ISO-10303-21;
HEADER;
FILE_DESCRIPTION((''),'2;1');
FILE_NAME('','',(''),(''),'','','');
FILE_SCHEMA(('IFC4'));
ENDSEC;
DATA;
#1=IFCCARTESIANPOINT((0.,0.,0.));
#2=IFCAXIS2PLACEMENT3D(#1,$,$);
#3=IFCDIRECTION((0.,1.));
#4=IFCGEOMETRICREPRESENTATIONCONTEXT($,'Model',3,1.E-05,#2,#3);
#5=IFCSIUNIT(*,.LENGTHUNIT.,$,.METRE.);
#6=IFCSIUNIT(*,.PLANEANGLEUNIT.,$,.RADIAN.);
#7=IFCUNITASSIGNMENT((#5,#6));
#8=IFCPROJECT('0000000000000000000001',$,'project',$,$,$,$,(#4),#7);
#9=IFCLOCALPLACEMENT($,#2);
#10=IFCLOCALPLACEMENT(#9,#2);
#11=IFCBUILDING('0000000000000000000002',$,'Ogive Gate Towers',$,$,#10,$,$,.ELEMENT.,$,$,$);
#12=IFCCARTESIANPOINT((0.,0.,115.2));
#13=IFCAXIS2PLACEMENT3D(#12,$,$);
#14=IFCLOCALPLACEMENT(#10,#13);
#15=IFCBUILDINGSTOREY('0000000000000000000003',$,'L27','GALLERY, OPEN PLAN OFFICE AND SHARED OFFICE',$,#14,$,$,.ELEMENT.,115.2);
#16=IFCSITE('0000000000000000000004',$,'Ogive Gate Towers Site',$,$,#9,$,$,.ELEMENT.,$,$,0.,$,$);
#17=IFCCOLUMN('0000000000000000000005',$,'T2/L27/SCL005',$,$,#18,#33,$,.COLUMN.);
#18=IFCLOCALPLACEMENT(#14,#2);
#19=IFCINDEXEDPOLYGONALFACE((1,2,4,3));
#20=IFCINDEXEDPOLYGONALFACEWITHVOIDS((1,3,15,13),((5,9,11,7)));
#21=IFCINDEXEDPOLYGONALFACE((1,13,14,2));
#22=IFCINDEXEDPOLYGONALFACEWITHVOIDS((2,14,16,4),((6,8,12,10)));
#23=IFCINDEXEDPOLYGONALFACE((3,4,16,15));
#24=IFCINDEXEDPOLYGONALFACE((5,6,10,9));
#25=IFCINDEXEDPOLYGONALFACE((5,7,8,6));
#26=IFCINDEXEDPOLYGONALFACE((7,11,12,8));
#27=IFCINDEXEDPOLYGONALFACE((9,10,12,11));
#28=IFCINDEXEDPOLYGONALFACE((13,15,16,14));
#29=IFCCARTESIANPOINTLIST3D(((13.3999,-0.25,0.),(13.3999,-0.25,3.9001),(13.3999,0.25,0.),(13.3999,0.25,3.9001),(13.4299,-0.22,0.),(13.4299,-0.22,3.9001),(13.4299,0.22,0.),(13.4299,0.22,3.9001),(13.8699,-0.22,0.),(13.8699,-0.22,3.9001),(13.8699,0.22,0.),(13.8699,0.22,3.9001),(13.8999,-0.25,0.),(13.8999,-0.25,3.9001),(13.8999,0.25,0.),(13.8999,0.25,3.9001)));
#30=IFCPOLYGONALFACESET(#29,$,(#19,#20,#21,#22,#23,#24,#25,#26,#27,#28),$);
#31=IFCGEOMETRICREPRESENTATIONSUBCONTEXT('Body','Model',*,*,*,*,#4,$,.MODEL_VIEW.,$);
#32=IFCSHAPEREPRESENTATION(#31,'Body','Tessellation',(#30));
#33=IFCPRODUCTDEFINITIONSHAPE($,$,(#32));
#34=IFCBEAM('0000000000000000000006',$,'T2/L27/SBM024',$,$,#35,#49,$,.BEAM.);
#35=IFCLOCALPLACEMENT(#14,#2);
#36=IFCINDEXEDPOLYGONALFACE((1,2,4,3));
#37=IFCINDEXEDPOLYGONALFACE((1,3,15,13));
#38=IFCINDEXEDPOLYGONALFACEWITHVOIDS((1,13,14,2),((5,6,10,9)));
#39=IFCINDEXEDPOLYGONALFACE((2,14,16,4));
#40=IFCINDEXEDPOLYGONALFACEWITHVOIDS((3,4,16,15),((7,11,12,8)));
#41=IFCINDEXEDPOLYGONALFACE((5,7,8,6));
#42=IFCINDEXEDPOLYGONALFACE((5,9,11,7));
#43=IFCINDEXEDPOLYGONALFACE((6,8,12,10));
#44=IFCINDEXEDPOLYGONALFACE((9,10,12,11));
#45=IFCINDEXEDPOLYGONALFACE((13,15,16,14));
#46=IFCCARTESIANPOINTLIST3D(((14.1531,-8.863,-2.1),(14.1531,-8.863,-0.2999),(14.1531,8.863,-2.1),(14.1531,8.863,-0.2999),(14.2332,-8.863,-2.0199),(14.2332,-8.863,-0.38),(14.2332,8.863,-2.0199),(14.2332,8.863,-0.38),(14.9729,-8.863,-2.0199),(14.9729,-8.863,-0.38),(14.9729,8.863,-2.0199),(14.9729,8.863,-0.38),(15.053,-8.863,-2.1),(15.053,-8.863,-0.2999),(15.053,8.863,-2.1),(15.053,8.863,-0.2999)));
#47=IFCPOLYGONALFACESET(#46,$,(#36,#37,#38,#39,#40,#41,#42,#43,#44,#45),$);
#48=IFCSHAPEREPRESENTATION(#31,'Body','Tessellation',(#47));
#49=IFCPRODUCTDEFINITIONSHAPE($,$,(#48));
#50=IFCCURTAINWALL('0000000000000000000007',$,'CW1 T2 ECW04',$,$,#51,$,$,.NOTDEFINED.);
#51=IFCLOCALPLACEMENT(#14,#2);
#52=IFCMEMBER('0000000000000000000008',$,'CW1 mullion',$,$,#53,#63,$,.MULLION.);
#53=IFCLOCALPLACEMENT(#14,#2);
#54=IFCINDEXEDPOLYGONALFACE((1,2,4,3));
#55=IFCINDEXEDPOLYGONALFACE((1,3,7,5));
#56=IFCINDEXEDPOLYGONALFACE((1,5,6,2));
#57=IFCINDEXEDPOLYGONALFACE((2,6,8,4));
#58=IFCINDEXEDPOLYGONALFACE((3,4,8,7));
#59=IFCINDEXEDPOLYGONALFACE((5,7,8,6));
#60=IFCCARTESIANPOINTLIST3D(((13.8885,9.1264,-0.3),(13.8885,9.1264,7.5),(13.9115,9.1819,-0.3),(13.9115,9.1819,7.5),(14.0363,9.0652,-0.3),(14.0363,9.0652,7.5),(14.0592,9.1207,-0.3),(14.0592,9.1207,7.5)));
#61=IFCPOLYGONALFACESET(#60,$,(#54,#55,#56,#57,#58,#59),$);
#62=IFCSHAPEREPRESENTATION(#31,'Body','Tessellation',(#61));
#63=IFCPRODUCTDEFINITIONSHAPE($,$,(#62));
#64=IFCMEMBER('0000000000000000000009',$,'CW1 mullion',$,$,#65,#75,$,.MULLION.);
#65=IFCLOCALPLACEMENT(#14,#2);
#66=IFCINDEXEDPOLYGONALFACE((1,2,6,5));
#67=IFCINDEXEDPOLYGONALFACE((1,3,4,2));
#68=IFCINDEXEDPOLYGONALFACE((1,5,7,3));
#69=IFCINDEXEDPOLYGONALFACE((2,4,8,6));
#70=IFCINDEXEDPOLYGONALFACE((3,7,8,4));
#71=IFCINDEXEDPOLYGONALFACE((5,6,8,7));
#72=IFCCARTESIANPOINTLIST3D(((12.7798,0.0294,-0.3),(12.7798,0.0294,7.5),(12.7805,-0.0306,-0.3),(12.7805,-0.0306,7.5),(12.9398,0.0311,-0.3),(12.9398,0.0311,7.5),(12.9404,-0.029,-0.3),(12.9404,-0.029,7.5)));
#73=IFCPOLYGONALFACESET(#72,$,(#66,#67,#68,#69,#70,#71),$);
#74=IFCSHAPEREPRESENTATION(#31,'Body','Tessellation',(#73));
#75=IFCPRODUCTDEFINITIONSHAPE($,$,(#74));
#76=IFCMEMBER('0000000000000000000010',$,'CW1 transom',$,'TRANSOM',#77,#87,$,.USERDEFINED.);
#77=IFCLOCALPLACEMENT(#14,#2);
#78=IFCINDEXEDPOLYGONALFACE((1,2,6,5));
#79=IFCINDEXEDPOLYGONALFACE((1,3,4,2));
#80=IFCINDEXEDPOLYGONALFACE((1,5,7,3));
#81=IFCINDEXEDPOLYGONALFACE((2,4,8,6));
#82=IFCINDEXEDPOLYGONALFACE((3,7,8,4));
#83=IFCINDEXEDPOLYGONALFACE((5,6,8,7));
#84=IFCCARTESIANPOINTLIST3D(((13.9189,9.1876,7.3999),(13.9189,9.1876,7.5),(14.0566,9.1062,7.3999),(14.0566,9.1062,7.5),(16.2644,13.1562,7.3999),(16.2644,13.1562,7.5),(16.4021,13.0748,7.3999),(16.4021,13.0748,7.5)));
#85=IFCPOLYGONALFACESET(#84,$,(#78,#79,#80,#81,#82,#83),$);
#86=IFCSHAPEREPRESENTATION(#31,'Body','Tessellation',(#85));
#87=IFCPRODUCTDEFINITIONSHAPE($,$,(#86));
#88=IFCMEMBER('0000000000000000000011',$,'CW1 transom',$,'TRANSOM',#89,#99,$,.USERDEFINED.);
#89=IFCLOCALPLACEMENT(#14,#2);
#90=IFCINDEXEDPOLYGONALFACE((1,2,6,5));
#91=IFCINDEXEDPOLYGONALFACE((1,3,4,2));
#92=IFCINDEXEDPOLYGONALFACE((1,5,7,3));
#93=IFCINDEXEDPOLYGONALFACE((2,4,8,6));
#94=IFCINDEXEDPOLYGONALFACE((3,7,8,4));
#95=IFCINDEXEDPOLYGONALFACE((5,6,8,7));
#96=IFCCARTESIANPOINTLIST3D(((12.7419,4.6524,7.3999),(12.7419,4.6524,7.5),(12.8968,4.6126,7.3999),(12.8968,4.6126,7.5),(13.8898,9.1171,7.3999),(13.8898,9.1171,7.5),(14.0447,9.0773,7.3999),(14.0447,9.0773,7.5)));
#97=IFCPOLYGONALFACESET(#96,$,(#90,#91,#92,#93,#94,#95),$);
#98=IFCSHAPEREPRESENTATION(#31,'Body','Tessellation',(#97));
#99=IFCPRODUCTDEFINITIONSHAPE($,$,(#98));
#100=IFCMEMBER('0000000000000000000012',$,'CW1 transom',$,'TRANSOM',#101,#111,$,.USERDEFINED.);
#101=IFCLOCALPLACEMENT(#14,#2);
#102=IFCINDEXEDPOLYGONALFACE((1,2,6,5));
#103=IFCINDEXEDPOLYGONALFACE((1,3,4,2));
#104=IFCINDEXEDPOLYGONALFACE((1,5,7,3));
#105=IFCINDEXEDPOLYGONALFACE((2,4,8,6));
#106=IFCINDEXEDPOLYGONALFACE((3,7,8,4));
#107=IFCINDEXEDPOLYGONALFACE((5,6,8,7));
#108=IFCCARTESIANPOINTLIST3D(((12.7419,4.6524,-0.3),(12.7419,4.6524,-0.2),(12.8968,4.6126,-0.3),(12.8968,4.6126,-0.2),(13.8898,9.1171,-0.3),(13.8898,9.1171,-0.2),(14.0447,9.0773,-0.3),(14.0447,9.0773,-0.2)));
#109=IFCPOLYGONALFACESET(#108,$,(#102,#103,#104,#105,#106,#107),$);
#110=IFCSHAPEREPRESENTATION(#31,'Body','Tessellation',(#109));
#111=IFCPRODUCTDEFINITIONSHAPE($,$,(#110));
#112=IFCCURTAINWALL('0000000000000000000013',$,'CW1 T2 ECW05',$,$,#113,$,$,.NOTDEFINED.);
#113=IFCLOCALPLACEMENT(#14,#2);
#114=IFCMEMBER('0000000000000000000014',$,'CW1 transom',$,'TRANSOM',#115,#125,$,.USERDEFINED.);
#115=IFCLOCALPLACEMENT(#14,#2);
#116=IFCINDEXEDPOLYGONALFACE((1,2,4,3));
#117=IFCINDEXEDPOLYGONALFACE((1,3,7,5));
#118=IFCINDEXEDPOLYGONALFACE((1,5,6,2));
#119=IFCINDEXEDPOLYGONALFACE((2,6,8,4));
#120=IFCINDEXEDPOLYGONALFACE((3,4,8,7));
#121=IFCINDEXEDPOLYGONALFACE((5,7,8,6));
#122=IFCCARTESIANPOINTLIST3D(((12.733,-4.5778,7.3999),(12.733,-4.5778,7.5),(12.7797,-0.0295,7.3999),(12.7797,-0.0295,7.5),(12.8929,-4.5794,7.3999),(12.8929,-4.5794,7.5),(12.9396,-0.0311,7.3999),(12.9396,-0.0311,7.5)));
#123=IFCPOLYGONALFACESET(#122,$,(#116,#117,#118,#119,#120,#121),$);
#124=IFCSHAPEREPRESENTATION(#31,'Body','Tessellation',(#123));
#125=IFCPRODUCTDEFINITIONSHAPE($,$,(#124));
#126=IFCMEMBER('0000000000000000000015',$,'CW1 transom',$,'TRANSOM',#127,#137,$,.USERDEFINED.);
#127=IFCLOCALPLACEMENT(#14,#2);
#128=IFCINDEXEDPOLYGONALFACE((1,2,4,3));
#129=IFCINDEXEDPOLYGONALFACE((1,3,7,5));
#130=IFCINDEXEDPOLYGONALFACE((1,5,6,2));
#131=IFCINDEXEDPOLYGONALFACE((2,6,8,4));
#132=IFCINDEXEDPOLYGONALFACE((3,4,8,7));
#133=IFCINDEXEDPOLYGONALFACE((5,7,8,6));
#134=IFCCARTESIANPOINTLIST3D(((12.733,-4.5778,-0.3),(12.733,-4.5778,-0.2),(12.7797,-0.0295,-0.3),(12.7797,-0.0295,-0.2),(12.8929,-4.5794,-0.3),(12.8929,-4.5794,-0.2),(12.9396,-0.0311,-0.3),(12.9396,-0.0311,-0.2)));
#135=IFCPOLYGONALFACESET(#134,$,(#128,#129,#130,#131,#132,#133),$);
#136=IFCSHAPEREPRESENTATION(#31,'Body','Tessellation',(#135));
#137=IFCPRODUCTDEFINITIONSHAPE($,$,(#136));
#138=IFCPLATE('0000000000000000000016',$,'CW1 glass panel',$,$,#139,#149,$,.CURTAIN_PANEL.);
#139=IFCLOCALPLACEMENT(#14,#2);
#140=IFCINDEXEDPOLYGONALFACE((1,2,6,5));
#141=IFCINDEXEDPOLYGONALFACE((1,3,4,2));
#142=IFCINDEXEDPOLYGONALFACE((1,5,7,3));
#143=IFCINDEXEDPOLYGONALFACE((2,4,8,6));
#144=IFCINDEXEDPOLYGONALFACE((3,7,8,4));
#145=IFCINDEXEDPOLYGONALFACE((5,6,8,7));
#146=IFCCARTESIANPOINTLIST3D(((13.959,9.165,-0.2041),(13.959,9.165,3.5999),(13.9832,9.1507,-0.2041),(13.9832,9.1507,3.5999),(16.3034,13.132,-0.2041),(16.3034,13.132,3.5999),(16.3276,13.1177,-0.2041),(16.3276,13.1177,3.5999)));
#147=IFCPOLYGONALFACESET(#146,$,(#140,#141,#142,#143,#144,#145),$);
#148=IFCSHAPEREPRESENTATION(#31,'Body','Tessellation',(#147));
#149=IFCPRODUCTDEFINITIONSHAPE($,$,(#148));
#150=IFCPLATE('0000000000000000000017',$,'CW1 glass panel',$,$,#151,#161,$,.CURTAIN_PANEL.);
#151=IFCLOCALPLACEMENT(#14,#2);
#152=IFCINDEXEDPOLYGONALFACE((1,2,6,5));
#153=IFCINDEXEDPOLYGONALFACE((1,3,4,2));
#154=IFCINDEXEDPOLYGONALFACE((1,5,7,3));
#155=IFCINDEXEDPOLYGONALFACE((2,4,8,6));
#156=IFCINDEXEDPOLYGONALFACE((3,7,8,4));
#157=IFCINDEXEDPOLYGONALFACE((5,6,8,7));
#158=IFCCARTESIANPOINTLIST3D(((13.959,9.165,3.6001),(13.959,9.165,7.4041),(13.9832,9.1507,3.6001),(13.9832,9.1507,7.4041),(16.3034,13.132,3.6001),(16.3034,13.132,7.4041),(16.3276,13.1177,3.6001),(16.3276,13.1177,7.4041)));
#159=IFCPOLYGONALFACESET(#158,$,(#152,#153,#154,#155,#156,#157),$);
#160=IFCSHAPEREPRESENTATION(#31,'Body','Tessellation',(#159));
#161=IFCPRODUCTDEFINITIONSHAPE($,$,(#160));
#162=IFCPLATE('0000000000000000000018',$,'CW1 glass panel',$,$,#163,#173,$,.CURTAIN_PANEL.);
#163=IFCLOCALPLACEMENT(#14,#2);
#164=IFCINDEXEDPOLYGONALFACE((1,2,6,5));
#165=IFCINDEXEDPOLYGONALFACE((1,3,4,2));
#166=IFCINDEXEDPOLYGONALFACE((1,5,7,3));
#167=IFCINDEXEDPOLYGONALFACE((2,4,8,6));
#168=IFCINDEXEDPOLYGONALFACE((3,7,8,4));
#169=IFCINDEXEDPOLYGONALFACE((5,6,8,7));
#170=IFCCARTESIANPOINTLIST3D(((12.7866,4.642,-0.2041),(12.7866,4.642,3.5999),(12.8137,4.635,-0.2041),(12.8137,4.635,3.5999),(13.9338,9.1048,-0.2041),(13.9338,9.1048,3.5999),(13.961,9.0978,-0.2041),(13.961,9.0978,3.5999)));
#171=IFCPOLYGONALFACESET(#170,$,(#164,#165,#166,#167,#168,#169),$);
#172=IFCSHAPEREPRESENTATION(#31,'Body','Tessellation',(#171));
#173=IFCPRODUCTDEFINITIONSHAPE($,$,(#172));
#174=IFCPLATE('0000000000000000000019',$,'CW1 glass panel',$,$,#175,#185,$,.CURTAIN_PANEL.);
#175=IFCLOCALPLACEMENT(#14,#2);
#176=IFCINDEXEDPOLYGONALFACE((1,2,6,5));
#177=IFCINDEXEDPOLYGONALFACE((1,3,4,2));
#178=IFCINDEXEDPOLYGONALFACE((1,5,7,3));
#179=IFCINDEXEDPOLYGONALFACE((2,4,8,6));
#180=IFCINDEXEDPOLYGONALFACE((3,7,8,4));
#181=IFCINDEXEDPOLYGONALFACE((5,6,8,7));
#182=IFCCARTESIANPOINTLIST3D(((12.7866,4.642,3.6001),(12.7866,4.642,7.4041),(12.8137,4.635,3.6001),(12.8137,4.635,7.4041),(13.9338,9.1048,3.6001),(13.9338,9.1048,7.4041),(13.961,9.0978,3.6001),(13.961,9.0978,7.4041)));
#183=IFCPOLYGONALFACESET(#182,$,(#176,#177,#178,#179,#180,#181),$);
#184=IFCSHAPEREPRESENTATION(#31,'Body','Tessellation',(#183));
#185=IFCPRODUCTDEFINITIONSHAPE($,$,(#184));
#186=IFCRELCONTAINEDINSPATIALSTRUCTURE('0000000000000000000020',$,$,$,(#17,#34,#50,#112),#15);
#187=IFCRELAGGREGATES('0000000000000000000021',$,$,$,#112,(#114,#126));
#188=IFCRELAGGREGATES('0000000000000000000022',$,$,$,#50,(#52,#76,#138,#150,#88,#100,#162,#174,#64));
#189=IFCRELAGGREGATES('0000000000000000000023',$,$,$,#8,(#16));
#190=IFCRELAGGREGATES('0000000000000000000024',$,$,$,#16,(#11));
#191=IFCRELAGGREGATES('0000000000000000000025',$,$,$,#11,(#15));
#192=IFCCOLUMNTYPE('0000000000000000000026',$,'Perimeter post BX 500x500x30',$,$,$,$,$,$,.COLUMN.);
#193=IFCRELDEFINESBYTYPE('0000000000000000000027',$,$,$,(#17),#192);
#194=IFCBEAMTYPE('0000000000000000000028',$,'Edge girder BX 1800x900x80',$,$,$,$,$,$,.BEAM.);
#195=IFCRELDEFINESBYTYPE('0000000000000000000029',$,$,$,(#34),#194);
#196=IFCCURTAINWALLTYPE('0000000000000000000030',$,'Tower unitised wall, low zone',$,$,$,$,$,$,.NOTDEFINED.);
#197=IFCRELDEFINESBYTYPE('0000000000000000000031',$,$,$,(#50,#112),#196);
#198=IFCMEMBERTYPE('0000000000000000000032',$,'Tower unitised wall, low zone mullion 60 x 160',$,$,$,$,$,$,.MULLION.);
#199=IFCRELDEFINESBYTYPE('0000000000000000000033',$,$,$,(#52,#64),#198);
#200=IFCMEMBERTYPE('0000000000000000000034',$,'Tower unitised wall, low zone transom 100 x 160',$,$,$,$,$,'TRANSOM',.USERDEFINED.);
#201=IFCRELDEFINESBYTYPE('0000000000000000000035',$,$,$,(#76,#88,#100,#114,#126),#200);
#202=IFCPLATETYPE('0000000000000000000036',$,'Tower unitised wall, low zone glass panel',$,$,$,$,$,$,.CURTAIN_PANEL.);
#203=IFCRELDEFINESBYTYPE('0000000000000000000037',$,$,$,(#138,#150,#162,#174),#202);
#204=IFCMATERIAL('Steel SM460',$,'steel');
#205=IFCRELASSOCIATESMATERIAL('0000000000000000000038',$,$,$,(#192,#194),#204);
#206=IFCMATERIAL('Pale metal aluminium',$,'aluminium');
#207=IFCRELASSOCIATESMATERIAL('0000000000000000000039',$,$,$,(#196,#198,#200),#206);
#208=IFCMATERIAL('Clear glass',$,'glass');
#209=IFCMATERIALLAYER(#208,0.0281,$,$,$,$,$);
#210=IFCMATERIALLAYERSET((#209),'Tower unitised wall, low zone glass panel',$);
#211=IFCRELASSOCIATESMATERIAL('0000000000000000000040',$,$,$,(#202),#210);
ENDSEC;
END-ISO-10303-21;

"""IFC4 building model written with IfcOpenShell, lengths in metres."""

from ifc_helpers import new_model, si_unit, direction, frame, origin, origin_2d, place, context, subcontext, project, spatial, rectangle, hollow_rectangle, extrude, material, layer, layer_set, material_profile, profile_set, type_object, element, aggregate, save


model = new_model("IFC4")

# Units and contexts
model_context = context("Model", 3, precision=1e-05, world=origin(), true_north=direction((0.0, 1.0)))
body_context = subcontext(model_context, "Body", "Model", "MODEL_VIEW")
ifc_project = project(units=[si_unit("LENGTHUNIT", "METRE"), si_unit("PLANEANGLEUNIT", "RADIAN")], contexts=[model_context])

# Site, building, storey
site_placement = place(None, origin())
site = spatial("IfcSite", under=ifc_project, at=site_placement, Name="Ogive Gate Towers Site", CompositionType="ELEMENT", RefElevation=0.0)
building_placement = place(site_placement, origin())
building = spatial("IfcBuilding", under=site, at=building_placement, Name="Ogive Gate Towers", CompositionType="ELEMENT")
storey_placement = place(building_placement, frame((0.0, 0.0, 115.2)))
storey = spatial("IfcBuildingStorey", under=building, at=storey_placement, Name="L27", Description="GALLERY, OPEN PLAN OFFICE AND SHARED OFFICE", CompositionType="ELEMENT", Elevation=115.2)

# Column
ifc_material_1 = material(Name="Steel SM460", Category="steel")
ifc_material_profile_1 = material_profile(ifc_material_1, hollow_rectangle(XDim=0.5, YDim=0.5, WallThickness=0.03, at=origin_2d()), Name="BX 500x500x30")
ifc_profile_set_1 = profile_set([ifc_material_profile_1], Name="Steel SM460")
column_type = type_object("IfcColumnType", Name="Perimeter post BX 500x500x30", PredefinedType="COLUMN", material=ifc_profile_set_1)
column_placement = place(storey_placement, frame((13.6499, 0.0, 0.0), z_axis=(0.0, 0.0, 1.0), x_axis=(1.0, 0.0, 0.0)))
element("IfcColumn", 1, at=column_placement, inside=storey, type_object=column_type, Name="T2/L27/SCL005", PredefinedType="COLUMN", context=body_context, shape_type="SweptSolid", body=[
    extrude(hollow_rectangle(XDim=0.5, YDim=0.5, WallThickness=0.03, at=origin_2d()), origin(), (0.0, 0.0, 1.0), 3.9001),
])

# Beam
ifc_material_profile_2 = material_profile(ifc_material_1, hollow_rectangle(XDim=0.8999, YDim=1.8, WallThickness=0.0801, at=origin_2d()), Name="BX 1800x900x80")
ifc_profile_set_2 = profile_set([ifc_material_profile_2], Name="Steel SM460")
beam_type = type_object("IfcBeamType", Name="Edge girder BX 1800x900x80", PredefinedType="BEAM", material=ifc_profile_set_2)
beam_placement = place(storey_placement, frame((14.603, 8.863, -1.2), z_axis=(0.0, -1.0, 0.0), x_axis=(1.0, 0.0, 0.0)))
element("IfcBeam", 2, at=beam_placement, inside=storey, type_object=beam_type, Name="T2/L27/SBM024", PredefinedType="BEAM", context=body_context, shape_type="SweptSolid", body=[
    extrude(hollow_rectangle(XDim=0.8999, YDim=1.8, WallThickness=0.0801, at=origin_2d()), origin(), (0.0, 0.0, 1.0), 17.7261),
])

# Curtain walls, members
ifc_material_2 = material(Name="Pale metal aluminium", Category="aluminium")
curtain_wall_type = type_object("IfcCurtainWallType", Name="Tower unitised wall, low zone", PredefinedType="NOTDEFINED", material=ifc_material_2)
curtain_wall_1_placement = place(storey_placement, origin())
curtain_wall_1 = element("IfcCurtainWall", 3, at=curtain_wall_1_placement, inside=storey, type_object=curtain_wall_type, Name="CW1 T2 ECW04", PredefinedType="NOTDEFINED")
ifc_material_profile_3 = material_profile(ifc_material_2, rectangle(XDim=0.1599, YDim=0.0601, at=origin_2d()), Name="60 x 160 aluminium box")
ifc_profile_set_3 = profile_set([ifc_material_profile_3], Name="Pale metal aluminium")
member_type_1 = type_object("IfcMemberType", Name="Tower unitised wall, low zone mullion 60 x 160", PredefinedType="MULLION", material=ifc_profile_set_3)
member_1_placement = place(storey_placement, frame((13.9739, 9.1235, -0.3), z_axis=(0.0, 0.0, 1.0), x_axis=(-0.92388, 0.382683, 0.0)))
member_1 = element("IfcMember", 4, at=member_1_placement, type_object=member_type_1, Name="CW1 mullion", PredefinedType="MULLION", context=body_context, shape_type="SweptSolid", body=[
    extrude(rectangle(XDim=0.1599, YDim=0.0601, at=origin_2d()), origin(), (0.0, 0.0, 1.0), 7.8),
])
member_2_placement = place(storey_placement, frame((12.8601, 0.0002, -0.3), z_axis=(0.0, 0.0, 1.0), x_axis=(-0.999947, -0.01028, 0.0)))
member_2 = element("IfcMember", 5, at=member_2_placement, type_object=member_type_1, Name="CW1 mullion", PredefinedType="MULLION", context=body_context, shape_type="SweptSolid", body=[
    extrude(rectangle(XDim=0.1599, YDim=0.0601, at=origin_2d()), origin(), (0.0, 0.0, 1.0), 7.8),
])
ifc_material_profile_4 = material_profile(ifc_material_2, rectangle(XDim=0.1599, YDim=0.1001, at=origin_2d()), Name="100 x 160 aluminium box")
ifc_profile_set_4 = profile_set([ifc_material_profile_4], Name="Pale metal aluminium")
member_type_2 = type_object("IfcMemberType", Name="Tower unitised wall, low zone transom 100 x 160", ElementType="TRANSOM", PredefinedType="USERDEFINED", material=ifc_profile_set_4)
member_3_placement = place(storey_placement, frame((16.3333, 13.1155, 7.45), z_axis=(-0.508799, -0.860885, 0.0), x_axis=(0.860885, -0.508799, 0.0)))
member_3 = element("IfcMember", 6, at=member_3_placement, type_object=member_type_2, Name="CW1 transom", ObjectType="TRANSOM", PredefinedType="USERDEFINED", context=body_context, shape_type="SweptSolid", body=[
    extrude(rectangle(XDim=0.1599, YDim=0.1001, at=origin_2d()), origin(), (0.0, 0.0, 1.0), 4.6099),
])
member_4_placement = place(storey_placement, frame((13.9673, 9.0972, 7.45), z_axis=(-0.249023, -0.968498, 0.0), x_axis=(0.968498, -0.249023, 0.0)))
member_4 = element("IfcMember", 7, at=member_4_placement, type_object=member_type_2, Name="CW1 transom", ObjectType="TRANSOM", PredefinedType="USERDEFINED", context=body_context, shape_type="SweptSolid", body=[
    extrude(rectangle(XDim=0.1599, YDim=0.1001, at=origin_2d()), origin(), (0.0, 0.0, 1.0), 4.6099),
])
member_5_placement = place(storey_placement, frame((13.9673, 9.0972, -0.25), z_axis=(-0.249023, -0.968498, 0.0), x_axis=(0.968498, -0.249023, 0.0)))
member_5 = element("IfcMember", 8, at=member_5_placement, type_object=member_type_2, Name="CW1 transom", ObjectType="TRANSOM", PredefinedType="USERDEFINED", context=body_context, shape_type="SweptSolid", body=[
    extrude(rectangle(XDim=0.1599, YDim=0.1001, at=origin_2d()), origin(), (0.0, 0.0, 1.0), 4.6099),
])
curtain_wall_2_placement = place(storey_placement, origin())
curtain_wall_2 = element("IfcCurtainWall", 9, at=curtain_wall_2_placement, inside=storey, type_object=curtain_wall_type, Name="CW1 T2 ECW05", PredefinedType="NOTDEFINED")
member_6_placement = place(storey_placement, frame((12.8596, -0.0303, 7.45), z_axis=(-0.010252, -0.999947, 0.0), x_axis=(0.999947, -0.010252, 0.0)))
member_6 = element("IfcMember", 10, at=member_6_placement, type_object=member_type_2, Name="CW1 transom", ObjectType="TRANSOM", PredefinedType="USERDEFINED", context=body_context, shape_type="SweptSolid", body=[
    extrude(rectangle(XDim=0.1599, YDim=0.1001, at=origin_2d()), origin(), (0.0, 0.0, 1.0), 4.5486),
])
member_7_placement = place(storey_placement, frame((12.8596, -0.0303, -0.25), z_axis=(-0.010252, -0.999947, 0.0), x_axis=(0.999947, -0.010252, 0.0)))
member_7 = element("IfcMember", 11, at=member_7_placement, type_object=member_type_2, Name="CW1 transom", ObjectType="TRANSOM", PredefinedType="USERDEFINED", context=body_context, shape_type="SweptSolid", body=[
    extrude(rectangle(XDim=0.1599, YDim=0.1001, at=origin_2d()), origin(), (0.0, 0.0, 1.0), 4.5486),
])
aggregate(curtain_wall_2, [member_6, member_7])

# Plates
ifc_material_3 = material(Name="Clear glass", Category="glass")
ifc_layer_1 = layer(ifc_material_3, 0.0281)
ifc_layer_set_1 = layer_set([ifc_layer_1], Name="Tower unitised wall, low zone glass panel")
plate_type = type_object("IfcPlateType", Name="Tower unitised wall, low zone glass panel", PredefinedType="CURTAIN_PANEL", material=ifc_layer_set_1)
plate_1_placement = place(storey_placement, frame((15.1433, 11.1414, -0.2041), z_axis=(0.0, 0.0, 1.0), x_axis=(-0.508771, -0.860902, 0.0)))
plate_1 = element("IfcPlate", 12, at=plate_1_placement, type_object=plate_type, Name="CW1 glass panel", PredefinedType="CURTAIN_PANEL", context=body_context, shape_type="SweptSolid", body=[
    extrude(rectangle(XDim=4.6079, YDim=0.0281, at=origin_2d()), origin(), (0.0, 0.0, 1.0), 3.804),
])
plate_2_placement = place(storey_placement, frame((15.1433, 11.1414, 3.6001), z_axis=(0.0, 0.0, 1.0), x_axis=(-0.508771, -0.860902, 0.0)))
plate_2 = element("IfcPlate", 13, at=plate_2_placement, type_object=plate_type, Name="CW1 glass panel", PredefinedType="CURTAIN_PANEL", context=body_context, shape_type="SweptSolid", body=[
    extrude(rectangle(XDim=4.6079, YDim=0.0281, at=origin_2d()), origin(), (0.0, 0.0, 1.0), 3.804),
])
plate_3_placement = place(storey_placement, frame((13.3738, 6.8699, -0.2041), z_axis=(0.0, 0.0, 1.0), x_axis=(-0.248977, -0.968509, 0.0)))
plate_3 = element("IfcPlate", 14, at=plate_3_placement, type_object=plate_type, Name="CW1 glass panel", PredefinedType="CURTAIN_PANEL", context=body_context, shape_type="SweptSolid", body=[
    extrude(rectangle(XDim=4.6079, YDim=0.0281, at=origin_2d()), origin(), (0.0, 0.0, 1.0), 3.804),
])
plate_4_placement = place(storey_placement, frame((13.3738, 6.8699, 3.6001), z_axis=(0.0, 0.0, 1.0), x_axis=(-0.248977, -0.968509, 0.0)))
plate_4 = element("IfcPlate", 15, at=plate_4_placement, type_object=plate_type, Name="CW1 glass panel", PredefinedType="CURTAIN_PANEL", context=body_context, shape_type="SweptSolid", body=[
    extrude(rectangle(XDim=4.6079, YDim=0.0281, at=origin_2d()), origin(), (0.0, 0.0, 1.0), 3.804),
])
aggregate(curtain_wall_1, [member_1, member_3, plate_1, plate_2, member_4, member_5, plate_3, plate_4, member_2])

save(model, "model.ifc")
